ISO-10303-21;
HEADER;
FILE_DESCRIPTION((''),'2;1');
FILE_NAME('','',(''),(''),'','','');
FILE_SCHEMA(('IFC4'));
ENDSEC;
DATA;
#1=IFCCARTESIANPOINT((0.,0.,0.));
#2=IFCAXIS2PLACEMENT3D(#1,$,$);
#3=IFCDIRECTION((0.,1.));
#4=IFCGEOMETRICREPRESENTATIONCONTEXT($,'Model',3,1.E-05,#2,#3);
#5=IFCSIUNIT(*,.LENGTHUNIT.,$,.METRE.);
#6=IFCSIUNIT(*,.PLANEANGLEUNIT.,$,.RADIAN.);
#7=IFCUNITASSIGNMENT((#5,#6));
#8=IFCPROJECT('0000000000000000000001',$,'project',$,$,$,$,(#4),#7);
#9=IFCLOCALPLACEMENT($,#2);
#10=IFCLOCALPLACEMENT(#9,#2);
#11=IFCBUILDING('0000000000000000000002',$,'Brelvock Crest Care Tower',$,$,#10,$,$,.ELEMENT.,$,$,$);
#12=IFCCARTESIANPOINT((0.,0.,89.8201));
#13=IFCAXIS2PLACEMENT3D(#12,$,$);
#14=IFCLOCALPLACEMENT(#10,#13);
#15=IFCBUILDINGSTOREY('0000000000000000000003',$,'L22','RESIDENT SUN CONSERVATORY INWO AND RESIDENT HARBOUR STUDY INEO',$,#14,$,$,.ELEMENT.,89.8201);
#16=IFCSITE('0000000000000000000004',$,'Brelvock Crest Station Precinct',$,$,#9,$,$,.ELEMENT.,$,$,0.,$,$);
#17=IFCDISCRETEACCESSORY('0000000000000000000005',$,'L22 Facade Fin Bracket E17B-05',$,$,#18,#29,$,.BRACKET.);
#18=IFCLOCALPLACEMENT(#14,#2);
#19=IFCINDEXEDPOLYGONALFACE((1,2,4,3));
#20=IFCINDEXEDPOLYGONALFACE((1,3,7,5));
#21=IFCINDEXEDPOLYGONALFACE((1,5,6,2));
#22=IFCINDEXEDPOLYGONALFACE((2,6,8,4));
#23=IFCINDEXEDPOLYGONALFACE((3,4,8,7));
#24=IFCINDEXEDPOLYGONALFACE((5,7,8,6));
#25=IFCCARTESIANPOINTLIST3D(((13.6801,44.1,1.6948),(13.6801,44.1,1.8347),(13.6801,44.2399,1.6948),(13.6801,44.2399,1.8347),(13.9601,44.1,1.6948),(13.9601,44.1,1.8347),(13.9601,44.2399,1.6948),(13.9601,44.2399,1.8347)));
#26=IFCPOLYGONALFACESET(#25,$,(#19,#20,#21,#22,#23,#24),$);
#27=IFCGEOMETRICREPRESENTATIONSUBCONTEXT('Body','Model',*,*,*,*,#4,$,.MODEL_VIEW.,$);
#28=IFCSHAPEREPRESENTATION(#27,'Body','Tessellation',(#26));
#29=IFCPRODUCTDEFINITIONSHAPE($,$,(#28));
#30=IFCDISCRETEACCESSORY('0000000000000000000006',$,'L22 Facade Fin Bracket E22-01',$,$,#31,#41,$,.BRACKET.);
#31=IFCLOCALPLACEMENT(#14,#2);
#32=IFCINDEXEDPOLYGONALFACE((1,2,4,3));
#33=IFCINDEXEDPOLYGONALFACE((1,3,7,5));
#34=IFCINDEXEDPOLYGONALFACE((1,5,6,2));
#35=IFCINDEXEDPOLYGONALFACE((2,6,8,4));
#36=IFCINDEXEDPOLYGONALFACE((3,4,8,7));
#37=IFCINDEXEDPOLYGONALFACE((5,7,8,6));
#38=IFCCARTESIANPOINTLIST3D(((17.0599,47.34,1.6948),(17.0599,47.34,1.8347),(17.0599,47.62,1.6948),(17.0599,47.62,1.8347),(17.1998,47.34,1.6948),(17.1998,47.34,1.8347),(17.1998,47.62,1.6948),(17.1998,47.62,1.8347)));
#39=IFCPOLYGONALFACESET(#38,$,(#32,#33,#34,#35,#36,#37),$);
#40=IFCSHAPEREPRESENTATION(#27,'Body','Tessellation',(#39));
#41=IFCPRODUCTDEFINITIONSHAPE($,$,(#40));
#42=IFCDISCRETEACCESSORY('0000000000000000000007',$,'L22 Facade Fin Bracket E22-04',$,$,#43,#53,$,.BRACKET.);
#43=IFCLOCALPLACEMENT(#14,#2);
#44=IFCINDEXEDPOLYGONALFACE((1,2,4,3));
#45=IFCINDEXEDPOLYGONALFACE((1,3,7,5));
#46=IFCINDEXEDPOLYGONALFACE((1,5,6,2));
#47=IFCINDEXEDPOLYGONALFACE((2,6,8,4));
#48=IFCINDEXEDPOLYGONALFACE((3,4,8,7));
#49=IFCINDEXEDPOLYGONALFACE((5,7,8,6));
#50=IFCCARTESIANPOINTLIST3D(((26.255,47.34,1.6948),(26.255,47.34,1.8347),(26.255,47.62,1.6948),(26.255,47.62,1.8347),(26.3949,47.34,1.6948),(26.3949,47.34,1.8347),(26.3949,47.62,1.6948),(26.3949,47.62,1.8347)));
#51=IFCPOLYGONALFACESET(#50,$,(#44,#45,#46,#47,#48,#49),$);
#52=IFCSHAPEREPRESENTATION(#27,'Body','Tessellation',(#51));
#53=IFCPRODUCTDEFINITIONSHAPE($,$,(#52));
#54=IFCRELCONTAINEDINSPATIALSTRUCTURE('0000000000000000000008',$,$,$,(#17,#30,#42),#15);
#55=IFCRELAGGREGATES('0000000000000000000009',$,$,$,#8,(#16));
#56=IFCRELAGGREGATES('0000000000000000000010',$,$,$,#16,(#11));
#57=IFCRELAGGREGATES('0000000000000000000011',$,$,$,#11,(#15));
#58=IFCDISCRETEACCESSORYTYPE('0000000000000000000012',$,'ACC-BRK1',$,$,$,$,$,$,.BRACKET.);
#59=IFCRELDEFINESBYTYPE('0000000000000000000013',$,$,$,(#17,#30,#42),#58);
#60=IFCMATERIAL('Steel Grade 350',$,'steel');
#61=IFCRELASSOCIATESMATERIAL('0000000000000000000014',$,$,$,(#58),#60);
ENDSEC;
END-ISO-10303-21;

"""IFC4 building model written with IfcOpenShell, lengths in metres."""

from ifc_helpers import new_model, si_unit, direction, frame, origin, origin_2d, place, context, subcontext, project, spatial, rectangle, extrude, source, transform, mapped, material, type_object, element, save


model = new_model("IFC4")

# Units and contexts
model_context = context("Model", 3, precision=1e-05, world=origin(), true_north=direction((0.0, 1.0)))
body_context = subcontext(model_context, "Body", "Model", "MODEL_VIEW")
ifc_project = project(units=[si_unit("LENGTHUNIT", "METRE"), si_unit("PLANEANGLEUNIT", "RADIAN")], contexts=[model_context])

# Site, building, storey
site_placement = place(None, origin())
site = spatial("IfcSite", under=ifc_project, at=site_placement, Name="Brelvock Crest Station Precinct", CompositionType="ELEMENT", RefElevation=0.0)
building_placement = place(site_placement, origin())
building = spatial("IfcBuilding", under=site, at=building_placement, Name="Brelvock Crest Care Tower", CompositionType="ELEMENT")
storey_placement = place(building_placement, frame((0.0, 0.0, 89.8201)))
storey = spatial("IfcBuildingStorey", under=building, at=storey_placement, Name="L22", Description="RESIDENT SUN CONSERVATORY INWO AND RESIDENT HARBOUR STUDY INEO", CompositionType="ELEMENT", Elevation=89.8201)

# Discrete accessories
ifc_material_1 = material(Name="Steel Grade 350", Category="steel")
discrete_accessory_type = type_object("IfcDiscreteAccessoryType", Name="ACC-BRK1", PredefinedType="BRACKET", material=ifc_material_1)
shared_shape_1 = source(origin(), body_context, "Body", "SweptSolid", [
    extrude(rectangle(XDim=0.28, YDim=0.1399, at=origin_2d()), origin(), (0.0, 0.0, 1.0), 0.1399),
])
for number, where, z_axis, x_axis, name in (
    (1, (13.8201, 44.1699, 1.6948), (0.0, 0.0, 1.0), (-1.0, 0.0, 0.0), "L22 Facade Fin Bracket E17B-05"),
    (2, (17.1299, 47.48, 1.6948), (0.0, 0.0, 1.0), (0.0, 1.0, 0.0), "L22 Facade Fin Bracket E22-01"),
    (3, (26.325, 47.48, 1.6948), (0.0, 0.0, 1.0), (0.0, 1.0, 0.0), "L22 Facade Fin Bracket E22-04"),
):
    element("IfcDiscreteAccessory", number, at=place(storey_placement, frame(where, z_axis=z_axis, x_axis=x_axis)), inside=storey, type_object=discrete_accessory_type, Name=name, PredefinedType="BRACKET", context=body_context, shape_type="MappedRepresentation", body=[
        mapped(shared_shape_1, transform((0.0, 0.0, 0.0), x_axis=(1.0, 0.0, 0.0), y_axis=(0.0, 1.0, 0.0), z_axis=(0.0, 0.0, 1.0), scale=1.0)),
    ])

save(model, "model.ifc")
